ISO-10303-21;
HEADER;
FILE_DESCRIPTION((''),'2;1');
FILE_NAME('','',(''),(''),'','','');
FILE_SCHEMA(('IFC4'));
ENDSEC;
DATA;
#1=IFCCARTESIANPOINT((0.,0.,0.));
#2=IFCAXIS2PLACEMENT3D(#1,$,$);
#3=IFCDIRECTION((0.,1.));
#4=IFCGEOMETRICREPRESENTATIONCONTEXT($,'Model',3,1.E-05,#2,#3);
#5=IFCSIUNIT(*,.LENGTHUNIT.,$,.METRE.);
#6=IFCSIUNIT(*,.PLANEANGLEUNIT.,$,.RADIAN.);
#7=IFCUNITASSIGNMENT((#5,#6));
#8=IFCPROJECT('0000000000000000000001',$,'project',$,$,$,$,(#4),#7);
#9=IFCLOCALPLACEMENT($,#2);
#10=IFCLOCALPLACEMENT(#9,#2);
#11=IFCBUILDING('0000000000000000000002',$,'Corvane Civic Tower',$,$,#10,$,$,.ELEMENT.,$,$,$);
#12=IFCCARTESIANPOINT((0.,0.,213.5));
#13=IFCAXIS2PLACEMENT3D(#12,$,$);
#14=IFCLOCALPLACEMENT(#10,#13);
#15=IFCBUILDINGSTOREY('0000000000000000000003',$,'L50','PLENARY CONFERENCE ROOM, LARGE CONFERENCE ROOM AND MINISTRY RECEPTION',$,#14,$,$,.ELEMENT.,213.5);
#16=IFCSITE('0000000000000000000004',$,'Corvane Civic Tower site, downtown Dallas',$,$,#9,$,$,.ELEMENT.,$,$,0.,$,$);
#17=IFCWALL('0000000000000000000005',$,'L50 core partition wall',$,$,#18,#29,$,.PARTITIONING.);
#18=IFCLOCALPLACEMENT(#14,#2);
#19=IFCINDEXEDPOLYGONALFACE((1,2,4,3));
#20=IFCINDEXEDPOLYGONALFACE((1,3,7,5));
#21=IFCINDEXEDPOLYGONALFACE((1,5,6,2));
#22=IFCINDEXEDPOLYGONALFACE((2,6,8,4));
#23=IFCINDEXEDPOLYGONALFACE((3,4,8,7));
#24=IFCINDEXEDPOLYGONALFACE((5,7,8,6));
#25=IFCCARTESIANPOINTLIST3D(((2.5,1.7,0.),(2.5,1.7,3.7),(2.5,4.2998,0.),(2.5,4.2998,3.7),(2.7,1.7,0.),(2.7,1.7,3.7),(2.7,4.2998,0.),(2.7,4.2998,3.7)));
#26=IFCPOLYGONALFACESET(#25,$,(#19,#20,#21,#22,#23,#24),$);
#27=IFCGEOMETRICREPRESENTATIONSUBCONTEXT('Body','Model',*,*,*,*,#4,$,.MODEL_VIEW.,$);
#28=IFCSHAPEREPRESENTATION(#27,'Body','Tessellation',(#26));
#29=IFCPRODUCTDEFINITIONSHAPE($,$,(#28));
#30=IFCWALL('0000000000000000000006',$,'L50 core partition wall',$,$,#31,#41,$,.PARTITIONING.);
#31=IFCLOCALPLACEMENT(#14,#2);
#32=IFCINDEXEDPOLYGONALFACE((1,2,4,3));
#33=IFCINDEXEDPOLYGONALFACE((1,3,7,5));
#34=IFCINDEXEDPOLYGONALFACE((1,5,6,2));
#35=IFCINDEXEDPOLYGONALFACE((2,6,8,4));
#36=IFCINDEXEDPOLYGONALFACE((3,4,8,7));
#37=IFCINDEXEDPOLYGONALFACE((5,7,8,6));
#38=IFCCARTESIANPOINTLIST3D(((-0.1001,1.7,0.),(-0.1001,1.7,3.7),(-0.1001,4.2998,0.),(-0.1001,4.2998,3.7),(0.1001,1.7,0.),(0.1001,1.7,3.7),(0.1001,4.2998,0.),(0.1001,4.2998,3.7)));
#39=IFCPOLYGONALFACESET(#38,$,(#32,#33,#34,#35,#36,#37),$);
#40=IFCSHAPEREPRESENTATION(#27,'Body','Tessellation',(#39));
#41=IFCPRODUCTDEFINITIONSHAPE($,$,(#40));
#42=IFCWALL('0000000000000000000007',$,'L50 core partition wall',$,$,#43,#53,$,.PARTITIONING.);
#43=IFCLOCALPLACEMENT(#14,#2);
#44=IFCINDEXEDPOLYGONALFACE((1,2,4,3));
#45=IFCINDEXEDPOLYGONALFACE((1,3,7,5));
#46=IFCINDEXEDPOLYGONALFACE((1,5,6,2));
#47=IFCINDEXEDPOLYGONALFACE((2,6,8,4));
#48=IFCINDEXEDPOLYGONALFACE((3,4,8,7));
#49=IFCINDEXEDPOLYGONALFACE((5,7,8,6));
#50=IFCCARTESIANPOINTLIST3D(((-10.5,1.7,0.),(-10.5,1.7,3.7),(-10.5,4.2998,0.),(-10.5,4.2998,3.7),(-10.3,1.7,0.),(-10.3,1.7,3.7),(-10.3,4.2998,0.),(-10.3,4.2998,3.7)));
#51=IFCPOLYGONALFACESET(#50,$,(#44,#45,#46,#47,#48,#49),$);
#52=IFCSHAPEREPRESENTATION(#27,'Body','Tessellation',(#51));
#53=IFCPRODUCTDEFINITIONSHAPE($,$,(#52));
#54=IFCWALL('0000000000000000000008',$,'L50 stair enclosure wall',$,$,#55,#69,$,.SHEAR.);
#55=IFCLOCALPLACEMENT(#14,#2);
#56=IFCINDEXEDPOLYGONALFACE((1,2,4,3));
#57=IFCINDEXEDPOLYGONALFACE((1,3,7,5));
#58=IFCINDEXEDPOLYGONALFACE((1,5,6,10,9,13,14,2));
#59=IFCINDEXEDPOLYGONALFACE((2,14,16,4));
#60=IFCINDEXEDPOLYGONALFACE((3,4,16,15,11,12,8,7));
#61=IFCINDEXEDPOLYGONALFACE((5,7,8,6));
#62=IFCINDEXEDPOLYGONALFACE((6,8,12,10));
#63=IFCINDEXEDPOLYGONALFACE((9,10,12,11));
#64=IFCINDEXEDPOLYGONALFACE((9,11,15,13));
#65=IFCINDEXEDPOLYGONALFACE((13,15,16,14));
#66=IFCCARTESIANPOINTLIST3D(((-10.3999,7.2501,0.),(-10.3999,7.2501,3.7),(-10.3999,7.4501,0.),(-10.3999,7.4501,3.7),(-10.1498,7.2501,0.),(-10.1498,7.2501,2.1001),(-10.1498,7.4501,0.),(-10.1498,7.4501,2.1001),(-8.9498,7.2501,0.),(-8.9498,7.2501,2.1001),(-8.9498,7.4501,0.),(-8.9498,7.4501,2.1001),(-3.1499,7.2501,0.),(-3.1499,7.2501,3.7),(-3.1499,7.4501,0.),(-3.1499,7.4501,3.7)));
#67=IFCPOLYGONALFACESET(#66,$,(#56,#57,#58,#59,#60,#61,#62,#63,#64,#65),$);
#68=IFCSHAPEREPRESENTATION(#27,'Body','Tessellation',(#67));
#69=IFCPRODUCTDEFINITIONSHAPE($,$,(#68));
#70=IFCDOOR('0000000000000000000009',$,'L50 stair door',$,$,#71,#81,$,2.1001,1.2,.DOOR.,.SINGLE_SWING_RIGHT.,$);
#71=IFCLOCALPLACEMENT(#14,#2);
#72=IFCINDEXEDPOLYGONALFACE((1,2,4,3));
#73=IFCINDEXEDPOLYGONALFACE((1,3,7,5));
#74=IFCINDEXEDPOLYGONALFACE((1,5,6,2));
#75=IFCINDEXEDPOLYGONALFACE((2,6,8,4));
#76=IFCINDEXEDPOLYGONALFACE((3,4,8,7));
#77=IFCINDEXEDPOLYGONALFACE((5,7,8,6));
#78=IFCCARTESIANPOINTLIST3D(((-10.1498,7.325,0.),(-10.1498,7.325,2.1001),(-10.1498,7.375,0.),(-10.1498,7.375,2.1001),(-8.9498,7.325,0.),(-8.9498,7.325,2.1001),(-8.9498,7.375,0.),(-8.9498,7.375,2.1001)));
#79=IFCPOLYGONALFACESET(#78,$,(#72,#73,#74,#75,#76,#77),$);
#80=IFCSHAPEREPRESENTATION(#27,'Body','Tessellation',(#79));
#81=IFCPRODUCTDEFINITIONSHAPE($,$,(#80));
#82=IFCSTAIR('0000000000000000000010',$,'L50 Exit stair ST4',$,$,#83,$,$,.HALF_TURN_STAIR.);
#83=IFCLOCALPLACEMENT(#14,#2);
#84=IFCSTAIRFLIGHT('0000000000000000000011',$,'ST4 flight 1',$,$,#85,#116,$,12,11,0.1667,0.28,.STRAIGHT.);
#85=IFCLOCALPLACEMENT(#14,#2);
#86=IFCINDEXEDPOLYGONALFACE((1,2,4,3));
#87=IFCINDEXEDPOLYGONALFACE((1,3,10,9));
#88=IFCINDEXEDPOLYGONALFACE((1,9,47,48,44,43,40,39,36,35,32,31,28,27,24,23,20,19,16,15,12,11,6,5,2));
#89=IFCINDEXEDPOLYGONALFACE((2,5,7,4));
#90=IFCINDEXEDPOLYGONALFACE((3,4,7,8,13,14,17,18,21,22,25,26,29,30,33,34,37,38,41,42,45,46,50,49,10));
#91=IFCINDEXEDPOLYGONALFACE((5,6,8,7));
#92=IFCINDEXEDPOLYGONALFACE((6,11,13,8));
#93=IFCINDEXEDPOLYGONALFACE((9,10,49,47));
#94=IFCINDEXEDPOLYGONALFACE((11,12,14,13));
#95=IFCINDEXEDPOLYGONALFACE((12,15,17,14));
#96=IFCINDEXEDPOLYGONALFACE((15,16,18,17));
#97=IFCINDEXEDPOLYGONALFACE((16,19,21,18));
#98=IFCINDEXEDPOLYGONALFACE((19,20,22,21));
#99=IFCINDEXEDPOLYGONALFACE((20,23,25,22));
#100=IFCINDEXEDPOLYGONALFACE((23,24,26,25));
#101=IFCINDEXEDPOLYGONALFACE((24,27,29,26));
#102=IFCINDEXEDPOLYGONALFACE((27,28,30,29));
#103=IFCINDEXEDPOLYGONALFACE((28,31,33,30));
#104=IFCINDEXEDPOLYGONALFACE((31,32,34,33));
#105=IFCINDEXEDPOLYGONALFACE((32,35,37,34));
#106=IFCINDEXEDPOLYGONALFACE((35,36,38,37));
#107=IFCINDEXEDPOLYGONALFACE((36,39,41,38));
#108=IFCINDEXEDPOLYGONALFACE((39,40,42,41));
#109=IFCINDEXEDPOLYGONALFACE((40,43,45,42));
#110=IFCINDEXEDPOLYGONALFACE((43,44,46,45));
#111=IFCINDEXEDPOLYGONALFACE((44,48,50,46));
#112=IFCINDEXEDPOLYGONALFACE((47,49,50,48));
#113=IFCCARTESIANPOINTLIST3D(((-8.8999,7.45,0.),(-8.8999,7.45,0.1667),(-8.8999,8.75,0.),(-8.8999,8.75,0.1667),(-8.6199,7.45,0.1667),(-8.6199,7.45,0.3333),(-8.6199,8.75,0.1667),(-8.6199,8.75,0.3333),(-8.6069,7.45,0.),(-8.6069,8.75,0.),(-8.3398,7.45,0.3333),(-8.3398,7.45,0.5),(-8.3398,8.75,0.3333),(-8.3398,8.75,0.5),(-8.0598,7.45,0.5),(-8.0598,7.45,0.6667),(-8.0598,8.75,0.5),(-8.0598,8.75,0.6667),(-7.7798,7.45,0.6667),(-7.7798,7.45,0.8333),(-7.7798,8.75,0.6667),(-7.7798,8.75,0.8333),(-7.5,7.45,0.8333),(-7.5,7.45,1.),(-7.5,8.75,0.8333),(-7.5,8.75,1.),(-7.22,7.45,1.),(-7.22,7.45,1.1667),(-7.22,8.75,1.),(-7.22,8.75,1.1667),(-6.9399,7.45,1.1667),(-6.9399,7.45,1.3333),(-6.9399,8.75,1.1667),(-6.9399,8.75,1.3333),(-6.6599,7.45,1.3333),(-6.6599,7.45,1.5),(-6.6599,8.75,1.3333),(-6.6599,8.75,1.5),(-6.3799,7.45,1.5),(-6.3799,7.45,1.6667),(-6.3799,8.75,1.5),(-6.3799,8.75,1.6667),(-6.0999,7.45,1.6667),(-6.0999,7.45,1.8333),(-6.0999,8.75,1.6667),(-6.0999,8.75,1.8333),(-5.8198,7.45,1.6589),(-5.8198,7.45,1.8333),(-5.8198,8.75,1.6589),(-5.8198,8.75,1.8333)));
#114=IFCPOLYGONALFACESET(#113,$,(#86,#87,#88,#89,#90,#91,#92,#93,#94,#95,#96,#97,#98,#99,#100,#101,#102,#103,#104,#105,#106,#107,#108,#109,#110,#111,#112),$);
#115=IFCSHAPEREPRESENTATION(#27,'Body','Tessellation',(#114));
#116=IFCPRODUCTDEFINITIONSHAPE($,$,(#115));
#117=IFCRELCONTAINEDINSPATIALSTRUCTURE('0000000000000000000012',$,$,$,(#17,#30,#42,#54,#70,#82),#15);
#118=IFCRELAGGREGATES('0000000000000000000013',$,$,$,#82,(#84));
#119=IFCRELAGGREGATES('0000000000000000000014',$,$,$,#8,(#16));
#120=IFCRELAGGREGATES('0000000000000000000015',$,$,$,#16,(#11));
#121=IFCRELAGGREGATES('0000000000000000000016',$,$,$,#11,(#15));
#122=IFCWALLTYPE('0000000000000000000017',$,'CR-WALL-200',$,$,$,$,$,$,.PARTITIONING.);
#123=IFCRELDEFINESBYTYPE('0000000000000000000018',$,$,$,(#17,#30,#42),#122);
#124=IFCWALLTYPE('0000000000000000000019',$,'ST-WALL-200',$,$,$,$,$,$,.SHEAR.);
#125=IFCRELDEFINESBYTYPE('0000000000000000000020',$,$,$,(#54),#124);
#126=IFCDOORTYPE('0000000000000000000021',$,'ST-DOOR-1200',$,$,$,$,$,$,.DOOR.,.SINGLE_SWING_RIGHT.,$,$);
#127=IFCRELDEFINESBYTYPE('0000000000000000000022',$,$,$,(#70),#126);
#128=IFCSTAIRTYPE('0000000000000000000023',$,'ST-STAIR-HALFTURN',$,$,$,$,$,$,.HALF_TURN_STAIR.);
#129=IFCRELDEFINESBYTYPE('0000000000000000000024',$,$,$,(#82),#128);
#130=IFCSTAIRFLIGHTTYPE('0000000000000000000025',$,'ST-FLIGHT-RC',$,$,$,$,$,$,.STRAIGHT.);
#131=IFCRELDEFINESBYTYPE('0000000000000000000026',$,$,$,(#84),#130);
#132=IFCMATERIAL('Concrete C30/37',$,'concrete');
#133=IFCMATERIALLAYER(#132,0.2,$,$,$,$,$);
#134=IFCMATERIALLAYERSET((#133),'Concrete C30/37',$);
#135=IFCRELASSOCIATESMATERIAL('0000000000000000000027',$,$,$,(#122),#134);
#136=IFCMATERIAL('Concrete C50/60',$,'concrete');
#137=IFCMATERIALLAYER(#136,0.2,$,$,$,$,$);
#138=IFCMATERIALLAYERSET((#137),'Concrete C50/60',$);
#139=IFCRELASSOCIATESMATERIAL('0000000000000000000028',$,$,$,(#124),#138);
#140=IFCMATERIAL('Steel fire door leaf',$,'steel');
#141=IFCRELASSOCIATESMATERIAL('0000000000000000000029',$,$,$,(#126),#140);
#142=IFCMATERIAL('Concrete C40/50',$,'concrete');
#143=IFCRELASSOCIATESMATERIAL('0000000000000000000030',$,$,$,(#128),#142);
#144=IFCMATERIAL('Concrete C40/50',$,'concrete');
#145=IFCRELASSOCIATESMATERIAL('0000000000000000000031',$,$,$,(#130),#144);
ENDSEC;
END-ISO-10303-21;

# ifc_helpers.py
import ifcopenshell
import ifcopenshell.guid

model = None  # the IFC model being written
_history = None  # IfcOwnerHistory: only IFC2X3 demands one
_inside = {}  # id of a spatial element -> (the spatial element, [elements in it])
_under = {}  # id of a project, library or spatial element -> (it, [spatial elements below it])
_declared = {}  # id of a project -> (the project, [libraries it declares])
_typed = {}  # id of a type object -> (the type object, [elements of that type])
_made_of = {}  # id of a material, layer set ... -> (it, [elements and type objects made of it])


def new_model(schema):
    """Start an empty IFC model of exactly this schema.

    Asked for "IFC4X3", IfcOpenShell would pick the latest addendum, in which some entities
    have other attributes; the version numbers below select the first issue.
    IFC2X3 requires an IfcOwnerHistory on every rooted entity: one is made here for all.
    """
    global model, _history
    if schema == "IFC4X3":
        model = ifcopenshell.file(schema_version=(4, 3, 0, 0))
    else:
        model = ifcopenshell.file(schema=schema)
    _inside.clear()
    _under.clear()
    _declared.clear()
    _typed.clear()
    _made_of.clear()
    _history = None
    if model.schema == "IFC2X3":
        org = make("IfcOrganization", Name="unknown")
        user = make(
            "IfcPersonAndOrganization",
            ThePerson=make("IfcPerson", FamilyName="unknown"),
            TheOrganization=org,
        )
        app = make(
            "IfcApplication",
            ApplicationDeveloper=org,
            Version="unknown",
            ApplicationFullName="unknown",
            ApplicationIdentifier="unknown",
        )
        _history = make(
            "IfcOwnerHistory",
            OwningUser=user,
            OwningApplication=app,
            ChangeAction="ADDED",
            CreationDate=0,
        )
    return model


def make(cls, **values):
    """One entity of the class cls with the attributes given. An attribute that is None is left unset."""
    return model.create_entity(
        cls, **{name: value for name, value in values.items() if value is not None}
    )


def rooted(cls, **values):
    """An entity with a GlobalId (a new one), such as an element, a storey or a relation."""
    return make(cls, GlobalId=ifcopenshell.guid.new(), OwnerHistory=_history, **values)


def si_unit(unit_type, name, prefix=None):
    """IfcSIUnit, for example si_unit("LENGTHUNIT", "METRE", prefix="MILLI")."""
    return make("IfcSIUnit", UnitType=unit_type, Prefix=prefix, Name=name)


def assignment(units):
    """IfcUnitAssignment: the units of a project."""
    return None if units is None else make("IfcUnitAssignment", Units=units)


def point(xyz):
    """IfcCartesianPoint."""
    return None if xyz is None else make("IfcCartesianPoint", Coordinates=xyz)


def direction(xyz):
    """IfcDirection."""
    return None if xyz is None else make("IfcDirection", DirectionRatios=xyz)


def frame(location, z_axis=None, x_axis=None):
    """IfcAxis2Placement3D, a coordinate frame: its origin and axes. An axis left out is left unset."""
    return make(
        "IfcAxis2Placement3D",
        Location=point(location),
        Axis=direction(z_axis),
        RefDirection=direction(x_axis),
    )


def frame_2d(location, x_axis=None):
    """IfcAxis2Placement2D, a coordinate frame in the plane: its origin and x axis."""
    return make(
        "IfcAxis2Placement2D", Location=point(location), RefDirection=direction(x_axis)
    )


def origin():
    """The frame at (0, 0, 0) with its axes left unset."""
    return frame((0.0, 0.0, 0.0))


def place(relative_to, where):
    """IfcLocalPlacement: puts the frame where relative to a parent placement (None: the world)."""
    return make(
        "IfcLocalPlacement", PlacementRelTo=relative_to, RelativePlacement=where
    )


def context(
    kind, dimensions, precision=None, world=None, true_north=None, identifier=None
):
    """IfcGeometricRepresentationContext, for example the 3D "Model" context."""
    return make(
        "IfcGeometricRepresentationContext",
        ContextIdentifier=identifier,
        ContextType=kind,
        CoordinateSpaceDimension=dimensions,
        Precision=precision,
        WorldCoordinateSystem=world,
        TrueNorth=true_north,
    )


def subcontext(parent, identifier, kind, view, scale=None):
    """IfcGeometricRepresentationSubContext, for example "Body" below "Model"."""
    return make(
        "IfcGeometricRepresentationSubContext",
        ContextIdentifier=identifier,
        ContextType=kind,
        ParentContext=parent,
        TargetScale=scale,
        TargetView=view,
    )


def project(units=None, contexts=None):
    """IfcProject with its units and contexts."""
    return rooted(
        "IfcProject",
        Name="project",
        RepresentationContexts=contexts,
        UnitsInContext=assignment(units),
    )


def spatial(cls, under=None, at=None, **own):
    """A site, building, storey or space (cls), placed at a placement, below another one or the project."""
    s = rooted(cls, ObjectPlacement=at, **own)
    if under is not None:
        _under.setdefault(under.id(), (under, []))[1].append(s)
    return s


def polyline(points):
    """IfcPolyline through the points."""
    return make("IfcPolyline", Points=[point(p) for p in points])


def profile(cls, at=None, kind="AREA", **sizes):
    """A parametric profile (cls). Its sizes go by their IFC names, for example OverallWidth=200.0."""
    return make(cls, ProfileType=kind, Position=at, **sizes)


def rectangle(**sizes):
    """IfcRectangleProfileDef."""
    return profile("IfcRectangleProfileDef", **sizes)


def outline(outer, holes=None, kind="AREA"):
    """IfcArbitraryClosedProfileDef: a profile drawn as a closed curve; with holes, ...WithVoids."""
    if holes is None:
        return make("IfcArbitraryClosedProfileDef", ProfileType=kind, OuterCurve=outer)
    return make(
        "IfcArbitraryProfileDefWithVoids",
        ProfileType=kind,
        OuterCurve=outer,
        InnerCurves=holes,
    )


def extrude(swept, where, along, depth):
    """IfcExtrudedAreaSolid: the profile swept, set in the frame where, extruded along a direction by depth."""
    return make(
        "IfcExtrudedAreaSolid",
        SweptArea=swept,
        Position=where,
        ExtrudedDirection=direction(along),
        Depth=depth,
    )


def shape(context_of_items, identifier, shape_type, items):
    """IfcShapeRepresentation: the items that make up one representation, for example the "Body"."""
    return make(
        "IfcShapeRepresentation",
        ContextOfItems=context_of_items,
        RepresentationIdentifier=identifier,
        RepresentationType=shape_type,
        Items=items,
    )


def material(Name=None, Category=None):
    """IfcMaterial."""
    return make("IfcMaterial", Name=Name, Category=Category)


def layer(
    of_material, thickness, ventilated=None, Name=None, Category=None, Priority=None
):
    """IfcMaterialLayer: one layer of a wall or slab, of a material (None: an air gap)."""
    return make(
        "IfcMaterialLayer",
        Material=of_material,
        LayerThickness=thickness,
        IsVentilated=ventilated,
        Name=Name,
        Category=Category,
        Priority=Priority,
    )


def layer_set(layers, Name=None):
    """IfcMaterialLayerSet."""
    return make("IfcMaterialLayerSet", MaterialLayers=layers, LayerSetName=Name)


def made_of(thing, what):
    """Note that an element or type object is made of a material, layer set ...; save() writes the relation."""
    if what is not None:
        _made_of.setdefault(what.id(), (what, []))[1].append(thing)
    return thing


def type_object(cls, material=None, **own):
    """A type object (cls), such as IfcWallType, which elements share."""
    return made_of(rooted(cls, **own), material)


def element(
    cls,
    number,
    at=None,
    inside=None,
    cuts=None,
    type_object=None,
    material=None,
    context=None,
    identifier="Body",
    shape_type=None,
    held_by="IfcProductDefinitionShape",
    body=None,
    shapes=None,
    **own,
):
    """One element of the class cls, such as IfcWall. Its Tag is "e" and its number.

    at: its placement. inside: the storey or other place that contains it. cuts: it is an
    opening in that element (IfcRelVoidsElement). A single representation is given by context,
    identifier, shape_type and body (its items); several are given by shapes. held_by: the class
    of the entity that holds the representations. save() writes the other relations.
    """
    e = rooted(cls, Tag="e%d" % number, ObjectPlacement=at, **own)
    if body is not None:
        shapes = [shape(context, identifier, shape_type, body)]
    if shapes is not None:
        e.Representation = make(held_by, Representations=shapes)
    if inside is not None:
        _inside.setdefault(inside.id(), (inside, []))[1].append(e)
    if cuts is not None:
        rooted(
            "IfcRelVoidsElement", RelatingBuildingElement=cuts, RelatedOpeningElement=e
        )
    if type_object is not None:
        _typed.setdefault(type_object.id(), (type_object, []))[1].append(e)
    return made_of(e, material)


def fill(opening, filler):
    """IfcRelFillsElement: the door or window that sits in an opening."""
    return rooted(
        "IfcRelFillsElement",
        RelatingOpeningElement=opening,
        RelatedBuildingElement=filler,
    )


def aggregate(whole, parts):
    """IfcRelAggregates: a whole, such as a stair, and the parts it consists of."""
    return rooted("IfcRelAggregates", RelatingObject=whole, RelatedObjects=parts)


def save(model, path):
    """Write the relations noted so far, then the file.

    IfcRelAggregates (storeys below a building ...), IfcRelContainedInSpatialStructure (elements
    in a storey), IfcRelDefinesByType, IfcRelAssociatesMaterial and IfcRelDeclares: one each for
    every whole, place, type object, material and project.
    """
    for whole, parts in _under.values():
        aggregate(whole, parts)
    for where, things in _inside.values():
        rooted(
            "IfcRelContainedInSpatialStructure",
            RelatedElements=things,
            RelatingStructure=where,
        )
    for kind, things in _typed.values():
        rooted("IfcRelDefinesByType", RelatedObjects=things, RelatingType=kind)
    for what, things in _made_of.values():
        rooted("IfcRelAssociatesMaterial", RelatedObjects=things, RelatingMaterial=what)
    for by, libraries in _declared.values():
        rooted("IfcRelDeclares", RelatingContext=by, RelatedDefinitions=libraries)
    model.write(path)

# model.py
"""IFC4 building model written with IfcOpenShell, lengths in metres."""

from ifc_helpers import new_model, si_unit, direction, frame, frame_2d, origin, place, context, subcontext, project, spatial, polyline, rectangle, outline, extrude, material, layer, layer_set, type_object, element, fill, aggregate, save


model = new_model("IFC4")

# Units and contexts
model_context = context("Model", 3, precision=1e-05, world=origin(), true_north=direction((0.0, 1.0)))
body_context = subcontext(model_context, "Body", "Model", "MODEL_VIEW")
ifc_project = project(units=[si_unit("LENGTHUNIT", "METRE"), si_unit("PLANEANGLEUNIT", "RADIAN")], contexts=[model_context])

# Site, building, storey
site_placement = place(None, origin())
site = spatial("IfcSite", under=ifc_project, at=site_placement, Name="Corvane Civic Tower site, downtown Dallas", CompositionType="ELEMENT", RefElevation=0.0)
building_placement = place(site_placement, origin())
building = spatial("IfcBuilding", under=site, at=building_placement, Name="Corvane Civic Tower", CompositionType="ELEMENT")
storey_placement = place(building_placement, frame((0.0, 0.0, 213.5)))
storey = spatial("IfcBuildingStorey", under=building, at=storey_placement, Name="L50", Description="PLENARY CONFERENCE ROOM, LARGE CONFERENCE ROOM AND MINISTRY RECEPTION", CompositionType="ELEMENT", Elevation=213.5)

# Shared definitions
ifc_material_1 = material(Name="Concrete C30/37", Category="concrete")
ifc_layer_1 = layer(ifc_material_1, 0.2)
ifc_layer_set_1 = layer_set([ifc_layer_1], Name="Concrete C30/37")
wall_type_1 = type_object("IfcWallType", Name="CR-WALL-200", PredefinedType="PARTITIONING", material=ifc_layer_set_1)

# Walls
wall_1_placement = place(storey_placement, origin())
element("IfcWall", 1, at=wall_1_placement, inside=storey, type_object=wall_type_1, Name="L50 core partition wall", PredefinedType="PARTITIONING", context=body_context, shape_type="SweptSolid", body=[
    extrude(outline(polyline([(2.7, 1.7), (2.5, 1.7), (2.5, 4.2998), (2.7, 4.2998), (2.7, 1.7)])), origin(), (0.0, 0.0, 1.0), 3.7),
])
wall_2_placement = place(storey_placement, origin())
element("IfcWall", 2, at=wall_2_placement, inside=storey, type_object=wall_type_1, Name="L50 core partition wall", PredefinedType="PARTITIONING", context=body_context, shape_type="SweptSolid", body=[
    extrude(outline(polyline([(0.1001, 1.7), (-0.1001, 1.7), (-0.1001, 4.2998), (0.1001, 4.2998), (0.1001, 1.7)])), origin(), (0.0, 0.0, 1.0), 3.7),
])
wall_3_placement = place(storey_placement, origin())
element("IfcWall", 3, at=wall_3_placement, inside=storey, type_object=wall_type_1, Name="L50 core partition wall", PredefinedType="PARTITIONING", context=body_context, shape_type="SweptSolid", body=[
    extrude(outline(polyline([(-10.3, 1.7), (-10.5, 1.7), (-10.5, 4.2998), (-10.3, 4.2998), (-10.3, 1.7)])), origin(), (0.0, 0.0, 1.0), 3.7),
])

# Wall, opening, door
ifc_material_2 = material(Name="Concrete C50/60", Category="concrete")
ifc_layer_2 = layer(ifc_material_2, 0.2)
ifc_layer_set_2 = layer_set([ifc_layer_2], Name="Concrete C50/60")
wall_type_2 = type_object("IfcWallType", Name="ST-WALL-200", PredefinedType="SHEAR", material=ifc_layer_set_2)
wall_4_placement = place(storey_placement, frame((-10.3999, 7.3501, 0.0), z_axis=(0.0, 0.0, 1.0), x_axis=(1.0, 0.0, 0.0)))
wall_4 = element("IfcWall", 4, at=wall_4_placement, inside=storey, type_object=wall_type_2, Name="L50 stair enclosure wall", PredefinedType="SHEAR", context=body_context, shape_type="SweptSolid", body=[
    extrude(rectangle(XDim=7.25, YDim=0.2, at=frame_2d((3.625, 0.0))), origin(), (0.0, 0.0, 1.0), 3.7),
])
opening_1_placement = place(wall_4_placement, frame((0.25, 0.0, 0.0)))
opening_1 = element("IfcOpeningElement", 5, at=opening_1_placement, cuts=wall_4, PredefinedType="OPENING", context=body_context, shape_type="SweptSolid", body=[
    extrude(rectangle(XDim=1.2, YDim=2.1001, at=frame_2d((0.6001, 1.05))), frame((0.0, 0.1099, 0.0), z_axis=(0.0, -1.0, 0.0), x_axis=(1.0, 0.0, 0.0)), (0.0, 0.0, 1.0), 0.22),
])
ifc_material_3 = material(Name="Steel fire door leaf", Category="steel")
door_type_1 = type_object("IfcDoorType", Name="ST-DOOR-1200", OperationType="SINGLE_SWING_RIGHT", PredefinedType="DOOR", material=ifc_material_3)
door_1_placement = place(opening_1_placement, origin())
door_1 = element("IfcDoor", 6, at=door_1_placement, inside=storey, type_object=door_type_1, Name="L50 stair door", OperationType="SINGLE_SWING_RIGHT", OverallHeight=2.1001, OverallWidth=1.2, PredefinedType="DOOR", context=body_context, shape_type="SweptSolid", body=[
    extrude(rectangle(XDim=1.2, YDim=2.1001, at=frame_2d((0.6001, 1.05))), frame((0.0, 0.0249, 0.0), z_axis=(0.0, -1.0, 0.0), x_axis=(1.0, 0.0, 0.0)), (0.0, 0.0, 1.0), 0.05),
])
fill(opening_1, door_1)

# Stair, stair flight
ifc_material_4 = material(Name="Concrete C40/50", Category="concrete")
stair_type = type_object("IfcStairType", Name="ST-STAIR-HALFTURN", PredefinedType="HALF_TURN_STAIR", material=ifc_material_4)
stair_placement = place(storey_placement, origin())
stair = element("IfcStair", 7, at=stair_placement, inside=storey, type_object=stair_type, Name="L50 Exit stair ST4", PredefinedType="HALF_TURN_STAIR")
ifc_material_5 = material(Name="Concrete C40/50", Category="concrete")
stair_flight_type = type_object("IfcStairFlightType", Name="ST-FLIGHT-RC", PredefinedType="STRAIGHT", material=ifc_material_5)
stair_flight_placement = place(storey_placement, frame((-8.8999, 8.1001, 0.0), z_axis=(0.0, 0.0, 1.0), x_axis=(1.0, 0.0, 0.0)))
stair_flight = element("IfcStairFlight", 8, at=stair_flight_placement, type_object=stair_flight_type, Name="ST4 flight 1", NumberOfRisers=12, NumberOfTreads=11, PredefinedType="STRAIGHT", RiserHeight=0.1667, TreadLength=0.28, context=body_context, shape_type="SweptSolid", body=[
    extrude(outline(polyline([(0.0, 0.0), (0.0, 0.1667), (0.28, 0.1667), (0.28, 0.3333), (0.5601, 0.3333), (0.5601, 0.5), (0.8401, 0.5), (0.8401, 0.6667), (1.1201, 0.6667), (1.1201, 0.8333), (1.3999, 0.8333), (1.3999, 1.0), (1.6799, 1.0), (1.6799, 1.1667), (1.96, 1.1667), (1.96, 1.3333), (2.24, 1.3333), (2.24, 1.5), (2.52, 1.5), (2.52, 1.6667), (2.8, 1.6667), (2.8, 1.8333), (3.0801, 1.8333), (3.0801, 2.0), (3.0801, 1.6589), (0.293, 0.0), (0.0, 0.0)])), frame((0.0, 0.6499, 0.0), z_axis=(0.0, -1.0, 0.0), x_axis=(1.0, 0.0, 0.0)), (0.0, 0.0, 1.0), 1.3),
])
aggregate(stair, [stair_flight])

save(model, "model.ifc")
